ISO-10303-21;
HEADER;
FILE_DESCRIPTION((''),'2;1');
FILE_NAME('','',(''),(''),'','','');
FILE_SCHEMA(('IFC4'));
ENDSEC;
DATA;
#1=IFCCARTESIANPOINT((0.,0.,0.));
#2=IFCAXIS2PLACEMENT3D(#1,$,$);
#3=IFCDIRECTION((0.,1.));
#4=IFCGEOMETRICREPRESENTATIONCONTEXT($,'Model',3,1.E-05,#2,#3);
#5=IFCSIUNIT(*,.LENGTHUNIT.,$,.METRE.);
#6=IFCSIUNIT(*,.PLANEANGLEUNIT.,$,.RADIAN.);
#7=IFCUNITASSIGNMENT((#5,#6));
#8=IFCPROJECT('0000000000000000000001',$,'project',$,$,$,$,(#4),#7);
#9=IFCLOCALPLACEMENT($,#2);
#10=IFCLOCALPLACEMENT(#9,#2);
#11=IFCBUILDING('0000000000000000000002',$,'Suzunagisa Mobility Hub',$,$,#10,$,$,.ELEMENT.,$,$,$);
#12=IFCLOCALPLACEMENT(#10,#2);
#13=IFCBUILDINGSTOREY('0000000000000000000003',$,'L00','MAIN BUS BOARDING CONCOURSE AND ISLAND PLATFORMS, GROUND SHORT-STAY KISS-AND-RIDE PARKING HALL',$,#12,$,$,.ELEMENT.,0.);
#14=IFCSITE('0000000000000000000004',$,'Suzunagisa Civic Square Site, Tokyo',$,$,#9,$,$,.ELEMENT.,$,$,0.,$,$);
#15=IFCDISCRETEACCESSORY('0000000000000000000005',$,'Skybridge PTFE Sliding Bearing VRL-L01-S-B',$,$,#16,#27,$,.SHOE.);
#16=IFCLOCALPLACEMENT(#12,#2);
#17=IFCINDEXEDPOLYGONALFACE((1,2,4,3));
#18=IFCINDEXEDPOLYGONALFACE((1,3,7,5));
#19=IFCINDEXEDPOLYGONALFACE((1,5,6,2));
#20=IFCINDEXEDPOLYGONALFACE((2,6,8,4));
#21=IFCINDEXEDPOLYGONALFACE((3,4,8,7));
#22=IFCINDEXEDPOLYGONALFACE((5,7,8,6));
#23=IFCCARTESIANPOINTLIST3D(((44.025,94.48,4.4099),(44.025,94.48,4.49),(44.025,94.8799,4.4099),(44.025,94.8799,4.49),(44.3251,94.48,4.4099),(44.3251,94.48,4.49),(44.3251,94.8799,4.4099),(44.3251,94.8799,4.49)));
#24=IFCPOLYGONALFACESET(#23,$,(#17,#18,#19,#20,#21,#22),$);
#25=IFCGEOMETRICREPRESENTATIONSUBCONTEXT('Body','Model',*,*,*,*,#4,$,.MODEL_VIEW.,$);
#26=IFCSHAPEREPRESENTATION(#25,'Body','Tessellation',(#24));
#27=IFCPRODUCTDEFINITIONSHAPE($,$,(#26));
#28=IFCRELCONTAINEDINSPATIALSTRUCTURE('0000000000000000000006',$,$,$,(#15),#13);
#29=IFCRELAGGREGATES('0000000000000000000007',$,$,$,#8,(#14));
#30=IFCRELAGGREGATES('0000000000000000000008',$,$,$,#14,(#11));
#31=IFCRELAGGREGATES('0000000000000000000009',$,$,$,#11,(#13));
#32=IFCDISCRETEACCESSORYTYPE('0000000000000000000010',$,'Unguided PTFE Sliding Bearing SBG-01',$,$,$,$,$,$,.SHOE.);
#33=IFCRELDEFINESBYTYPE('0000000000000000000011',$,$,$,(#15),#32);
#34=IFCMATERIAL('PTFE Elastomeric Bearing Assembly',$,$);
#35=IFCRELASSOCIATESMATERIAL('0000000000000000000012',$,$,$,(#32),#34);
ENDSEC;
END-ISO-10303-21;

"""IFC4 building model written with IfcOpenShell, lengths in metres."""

from ifc_helpers import new_model, si_unit, direction, frame, origin, origin_2d, place, context, subcontext, project, spatial, rectangle, extrude, material, type_object, element, save


model = new_model("IFC4")

# Units and contexts
model_context = context("Model", 3, precision=1e-05, world=origin(), true_north=direction((0.0, 1.0)))
body_context = subcontext(model_context, "Body", "Model", "MODEL_VIEW")
ifc_project = project(units=[si_unit("LENGTHUNIT", "METRE"), si_unit("PLANEANGLEUNIT", "RADIAN")], contexts=[model_context])

# Site, building, storey
site_placement = place(None, origin())
site = spatial("IfcSite", under=ifc_project, at=site_placement, Name="Suzunagisa Civic Square Site, Tokyo", CompositionType="ELEMENT", RefElevation=0.0)
building_placement = place(site_placement, origin())
building = spatial("IfcBuilding", under=site, at=building_placement, Name="Suzunagisa Mobility Hub", CompositionType="ELEMENT")
storey_placement = place(building_placement, origin())
storey = spatial("IfcBuildingStorey", under=building, at=storey_placement, Name="L00", Description="MAIN BUS BOARDING CONCOURSE AND ISLAND PLATFORMS, GROUND SHORT-STAY KISS-AND-RIDE PARKING HALL", CompositionType="ELEMENT", Elevation=0.0)

# Discrete accessory
ifc_material_1 = material(Name="PTFE Elastomeric Bearing Assembly")
discrete_accessory_type = type_object("IfcDiscreteAccessoryType", Name="Unguided PTFE Sliding Bearing SBG-01", PredefinedType="SHOE", material=ifc_material_1)
for number, where, z_axis, x_axis, name in (
    (1, (44.175, 94.6799, 4.4099), (0.0, 0.0, 1.0), (1.0, 0.0, 0.0), "Skybridge PTFE Sliding Bearing VRL-L01-S-B"),
):
    element("IfcDiscreteAccessory", number, at=place(storey_placement, frame(where, z_axis=z_axis, x_axis=x_axis)), inside=storey, type_object=discrete_accessory_type, Name=name, PredefinedType="SHOE", context=body_context, shape_type="SweptSolid", body=[
        extrude(rectangle(XDim=0.3, YDim=0.3999, at=origin_2d()), origin(), (0.0, 0.0, 1.0), 0.0801),
    ])

save(model, "model.ifc")
